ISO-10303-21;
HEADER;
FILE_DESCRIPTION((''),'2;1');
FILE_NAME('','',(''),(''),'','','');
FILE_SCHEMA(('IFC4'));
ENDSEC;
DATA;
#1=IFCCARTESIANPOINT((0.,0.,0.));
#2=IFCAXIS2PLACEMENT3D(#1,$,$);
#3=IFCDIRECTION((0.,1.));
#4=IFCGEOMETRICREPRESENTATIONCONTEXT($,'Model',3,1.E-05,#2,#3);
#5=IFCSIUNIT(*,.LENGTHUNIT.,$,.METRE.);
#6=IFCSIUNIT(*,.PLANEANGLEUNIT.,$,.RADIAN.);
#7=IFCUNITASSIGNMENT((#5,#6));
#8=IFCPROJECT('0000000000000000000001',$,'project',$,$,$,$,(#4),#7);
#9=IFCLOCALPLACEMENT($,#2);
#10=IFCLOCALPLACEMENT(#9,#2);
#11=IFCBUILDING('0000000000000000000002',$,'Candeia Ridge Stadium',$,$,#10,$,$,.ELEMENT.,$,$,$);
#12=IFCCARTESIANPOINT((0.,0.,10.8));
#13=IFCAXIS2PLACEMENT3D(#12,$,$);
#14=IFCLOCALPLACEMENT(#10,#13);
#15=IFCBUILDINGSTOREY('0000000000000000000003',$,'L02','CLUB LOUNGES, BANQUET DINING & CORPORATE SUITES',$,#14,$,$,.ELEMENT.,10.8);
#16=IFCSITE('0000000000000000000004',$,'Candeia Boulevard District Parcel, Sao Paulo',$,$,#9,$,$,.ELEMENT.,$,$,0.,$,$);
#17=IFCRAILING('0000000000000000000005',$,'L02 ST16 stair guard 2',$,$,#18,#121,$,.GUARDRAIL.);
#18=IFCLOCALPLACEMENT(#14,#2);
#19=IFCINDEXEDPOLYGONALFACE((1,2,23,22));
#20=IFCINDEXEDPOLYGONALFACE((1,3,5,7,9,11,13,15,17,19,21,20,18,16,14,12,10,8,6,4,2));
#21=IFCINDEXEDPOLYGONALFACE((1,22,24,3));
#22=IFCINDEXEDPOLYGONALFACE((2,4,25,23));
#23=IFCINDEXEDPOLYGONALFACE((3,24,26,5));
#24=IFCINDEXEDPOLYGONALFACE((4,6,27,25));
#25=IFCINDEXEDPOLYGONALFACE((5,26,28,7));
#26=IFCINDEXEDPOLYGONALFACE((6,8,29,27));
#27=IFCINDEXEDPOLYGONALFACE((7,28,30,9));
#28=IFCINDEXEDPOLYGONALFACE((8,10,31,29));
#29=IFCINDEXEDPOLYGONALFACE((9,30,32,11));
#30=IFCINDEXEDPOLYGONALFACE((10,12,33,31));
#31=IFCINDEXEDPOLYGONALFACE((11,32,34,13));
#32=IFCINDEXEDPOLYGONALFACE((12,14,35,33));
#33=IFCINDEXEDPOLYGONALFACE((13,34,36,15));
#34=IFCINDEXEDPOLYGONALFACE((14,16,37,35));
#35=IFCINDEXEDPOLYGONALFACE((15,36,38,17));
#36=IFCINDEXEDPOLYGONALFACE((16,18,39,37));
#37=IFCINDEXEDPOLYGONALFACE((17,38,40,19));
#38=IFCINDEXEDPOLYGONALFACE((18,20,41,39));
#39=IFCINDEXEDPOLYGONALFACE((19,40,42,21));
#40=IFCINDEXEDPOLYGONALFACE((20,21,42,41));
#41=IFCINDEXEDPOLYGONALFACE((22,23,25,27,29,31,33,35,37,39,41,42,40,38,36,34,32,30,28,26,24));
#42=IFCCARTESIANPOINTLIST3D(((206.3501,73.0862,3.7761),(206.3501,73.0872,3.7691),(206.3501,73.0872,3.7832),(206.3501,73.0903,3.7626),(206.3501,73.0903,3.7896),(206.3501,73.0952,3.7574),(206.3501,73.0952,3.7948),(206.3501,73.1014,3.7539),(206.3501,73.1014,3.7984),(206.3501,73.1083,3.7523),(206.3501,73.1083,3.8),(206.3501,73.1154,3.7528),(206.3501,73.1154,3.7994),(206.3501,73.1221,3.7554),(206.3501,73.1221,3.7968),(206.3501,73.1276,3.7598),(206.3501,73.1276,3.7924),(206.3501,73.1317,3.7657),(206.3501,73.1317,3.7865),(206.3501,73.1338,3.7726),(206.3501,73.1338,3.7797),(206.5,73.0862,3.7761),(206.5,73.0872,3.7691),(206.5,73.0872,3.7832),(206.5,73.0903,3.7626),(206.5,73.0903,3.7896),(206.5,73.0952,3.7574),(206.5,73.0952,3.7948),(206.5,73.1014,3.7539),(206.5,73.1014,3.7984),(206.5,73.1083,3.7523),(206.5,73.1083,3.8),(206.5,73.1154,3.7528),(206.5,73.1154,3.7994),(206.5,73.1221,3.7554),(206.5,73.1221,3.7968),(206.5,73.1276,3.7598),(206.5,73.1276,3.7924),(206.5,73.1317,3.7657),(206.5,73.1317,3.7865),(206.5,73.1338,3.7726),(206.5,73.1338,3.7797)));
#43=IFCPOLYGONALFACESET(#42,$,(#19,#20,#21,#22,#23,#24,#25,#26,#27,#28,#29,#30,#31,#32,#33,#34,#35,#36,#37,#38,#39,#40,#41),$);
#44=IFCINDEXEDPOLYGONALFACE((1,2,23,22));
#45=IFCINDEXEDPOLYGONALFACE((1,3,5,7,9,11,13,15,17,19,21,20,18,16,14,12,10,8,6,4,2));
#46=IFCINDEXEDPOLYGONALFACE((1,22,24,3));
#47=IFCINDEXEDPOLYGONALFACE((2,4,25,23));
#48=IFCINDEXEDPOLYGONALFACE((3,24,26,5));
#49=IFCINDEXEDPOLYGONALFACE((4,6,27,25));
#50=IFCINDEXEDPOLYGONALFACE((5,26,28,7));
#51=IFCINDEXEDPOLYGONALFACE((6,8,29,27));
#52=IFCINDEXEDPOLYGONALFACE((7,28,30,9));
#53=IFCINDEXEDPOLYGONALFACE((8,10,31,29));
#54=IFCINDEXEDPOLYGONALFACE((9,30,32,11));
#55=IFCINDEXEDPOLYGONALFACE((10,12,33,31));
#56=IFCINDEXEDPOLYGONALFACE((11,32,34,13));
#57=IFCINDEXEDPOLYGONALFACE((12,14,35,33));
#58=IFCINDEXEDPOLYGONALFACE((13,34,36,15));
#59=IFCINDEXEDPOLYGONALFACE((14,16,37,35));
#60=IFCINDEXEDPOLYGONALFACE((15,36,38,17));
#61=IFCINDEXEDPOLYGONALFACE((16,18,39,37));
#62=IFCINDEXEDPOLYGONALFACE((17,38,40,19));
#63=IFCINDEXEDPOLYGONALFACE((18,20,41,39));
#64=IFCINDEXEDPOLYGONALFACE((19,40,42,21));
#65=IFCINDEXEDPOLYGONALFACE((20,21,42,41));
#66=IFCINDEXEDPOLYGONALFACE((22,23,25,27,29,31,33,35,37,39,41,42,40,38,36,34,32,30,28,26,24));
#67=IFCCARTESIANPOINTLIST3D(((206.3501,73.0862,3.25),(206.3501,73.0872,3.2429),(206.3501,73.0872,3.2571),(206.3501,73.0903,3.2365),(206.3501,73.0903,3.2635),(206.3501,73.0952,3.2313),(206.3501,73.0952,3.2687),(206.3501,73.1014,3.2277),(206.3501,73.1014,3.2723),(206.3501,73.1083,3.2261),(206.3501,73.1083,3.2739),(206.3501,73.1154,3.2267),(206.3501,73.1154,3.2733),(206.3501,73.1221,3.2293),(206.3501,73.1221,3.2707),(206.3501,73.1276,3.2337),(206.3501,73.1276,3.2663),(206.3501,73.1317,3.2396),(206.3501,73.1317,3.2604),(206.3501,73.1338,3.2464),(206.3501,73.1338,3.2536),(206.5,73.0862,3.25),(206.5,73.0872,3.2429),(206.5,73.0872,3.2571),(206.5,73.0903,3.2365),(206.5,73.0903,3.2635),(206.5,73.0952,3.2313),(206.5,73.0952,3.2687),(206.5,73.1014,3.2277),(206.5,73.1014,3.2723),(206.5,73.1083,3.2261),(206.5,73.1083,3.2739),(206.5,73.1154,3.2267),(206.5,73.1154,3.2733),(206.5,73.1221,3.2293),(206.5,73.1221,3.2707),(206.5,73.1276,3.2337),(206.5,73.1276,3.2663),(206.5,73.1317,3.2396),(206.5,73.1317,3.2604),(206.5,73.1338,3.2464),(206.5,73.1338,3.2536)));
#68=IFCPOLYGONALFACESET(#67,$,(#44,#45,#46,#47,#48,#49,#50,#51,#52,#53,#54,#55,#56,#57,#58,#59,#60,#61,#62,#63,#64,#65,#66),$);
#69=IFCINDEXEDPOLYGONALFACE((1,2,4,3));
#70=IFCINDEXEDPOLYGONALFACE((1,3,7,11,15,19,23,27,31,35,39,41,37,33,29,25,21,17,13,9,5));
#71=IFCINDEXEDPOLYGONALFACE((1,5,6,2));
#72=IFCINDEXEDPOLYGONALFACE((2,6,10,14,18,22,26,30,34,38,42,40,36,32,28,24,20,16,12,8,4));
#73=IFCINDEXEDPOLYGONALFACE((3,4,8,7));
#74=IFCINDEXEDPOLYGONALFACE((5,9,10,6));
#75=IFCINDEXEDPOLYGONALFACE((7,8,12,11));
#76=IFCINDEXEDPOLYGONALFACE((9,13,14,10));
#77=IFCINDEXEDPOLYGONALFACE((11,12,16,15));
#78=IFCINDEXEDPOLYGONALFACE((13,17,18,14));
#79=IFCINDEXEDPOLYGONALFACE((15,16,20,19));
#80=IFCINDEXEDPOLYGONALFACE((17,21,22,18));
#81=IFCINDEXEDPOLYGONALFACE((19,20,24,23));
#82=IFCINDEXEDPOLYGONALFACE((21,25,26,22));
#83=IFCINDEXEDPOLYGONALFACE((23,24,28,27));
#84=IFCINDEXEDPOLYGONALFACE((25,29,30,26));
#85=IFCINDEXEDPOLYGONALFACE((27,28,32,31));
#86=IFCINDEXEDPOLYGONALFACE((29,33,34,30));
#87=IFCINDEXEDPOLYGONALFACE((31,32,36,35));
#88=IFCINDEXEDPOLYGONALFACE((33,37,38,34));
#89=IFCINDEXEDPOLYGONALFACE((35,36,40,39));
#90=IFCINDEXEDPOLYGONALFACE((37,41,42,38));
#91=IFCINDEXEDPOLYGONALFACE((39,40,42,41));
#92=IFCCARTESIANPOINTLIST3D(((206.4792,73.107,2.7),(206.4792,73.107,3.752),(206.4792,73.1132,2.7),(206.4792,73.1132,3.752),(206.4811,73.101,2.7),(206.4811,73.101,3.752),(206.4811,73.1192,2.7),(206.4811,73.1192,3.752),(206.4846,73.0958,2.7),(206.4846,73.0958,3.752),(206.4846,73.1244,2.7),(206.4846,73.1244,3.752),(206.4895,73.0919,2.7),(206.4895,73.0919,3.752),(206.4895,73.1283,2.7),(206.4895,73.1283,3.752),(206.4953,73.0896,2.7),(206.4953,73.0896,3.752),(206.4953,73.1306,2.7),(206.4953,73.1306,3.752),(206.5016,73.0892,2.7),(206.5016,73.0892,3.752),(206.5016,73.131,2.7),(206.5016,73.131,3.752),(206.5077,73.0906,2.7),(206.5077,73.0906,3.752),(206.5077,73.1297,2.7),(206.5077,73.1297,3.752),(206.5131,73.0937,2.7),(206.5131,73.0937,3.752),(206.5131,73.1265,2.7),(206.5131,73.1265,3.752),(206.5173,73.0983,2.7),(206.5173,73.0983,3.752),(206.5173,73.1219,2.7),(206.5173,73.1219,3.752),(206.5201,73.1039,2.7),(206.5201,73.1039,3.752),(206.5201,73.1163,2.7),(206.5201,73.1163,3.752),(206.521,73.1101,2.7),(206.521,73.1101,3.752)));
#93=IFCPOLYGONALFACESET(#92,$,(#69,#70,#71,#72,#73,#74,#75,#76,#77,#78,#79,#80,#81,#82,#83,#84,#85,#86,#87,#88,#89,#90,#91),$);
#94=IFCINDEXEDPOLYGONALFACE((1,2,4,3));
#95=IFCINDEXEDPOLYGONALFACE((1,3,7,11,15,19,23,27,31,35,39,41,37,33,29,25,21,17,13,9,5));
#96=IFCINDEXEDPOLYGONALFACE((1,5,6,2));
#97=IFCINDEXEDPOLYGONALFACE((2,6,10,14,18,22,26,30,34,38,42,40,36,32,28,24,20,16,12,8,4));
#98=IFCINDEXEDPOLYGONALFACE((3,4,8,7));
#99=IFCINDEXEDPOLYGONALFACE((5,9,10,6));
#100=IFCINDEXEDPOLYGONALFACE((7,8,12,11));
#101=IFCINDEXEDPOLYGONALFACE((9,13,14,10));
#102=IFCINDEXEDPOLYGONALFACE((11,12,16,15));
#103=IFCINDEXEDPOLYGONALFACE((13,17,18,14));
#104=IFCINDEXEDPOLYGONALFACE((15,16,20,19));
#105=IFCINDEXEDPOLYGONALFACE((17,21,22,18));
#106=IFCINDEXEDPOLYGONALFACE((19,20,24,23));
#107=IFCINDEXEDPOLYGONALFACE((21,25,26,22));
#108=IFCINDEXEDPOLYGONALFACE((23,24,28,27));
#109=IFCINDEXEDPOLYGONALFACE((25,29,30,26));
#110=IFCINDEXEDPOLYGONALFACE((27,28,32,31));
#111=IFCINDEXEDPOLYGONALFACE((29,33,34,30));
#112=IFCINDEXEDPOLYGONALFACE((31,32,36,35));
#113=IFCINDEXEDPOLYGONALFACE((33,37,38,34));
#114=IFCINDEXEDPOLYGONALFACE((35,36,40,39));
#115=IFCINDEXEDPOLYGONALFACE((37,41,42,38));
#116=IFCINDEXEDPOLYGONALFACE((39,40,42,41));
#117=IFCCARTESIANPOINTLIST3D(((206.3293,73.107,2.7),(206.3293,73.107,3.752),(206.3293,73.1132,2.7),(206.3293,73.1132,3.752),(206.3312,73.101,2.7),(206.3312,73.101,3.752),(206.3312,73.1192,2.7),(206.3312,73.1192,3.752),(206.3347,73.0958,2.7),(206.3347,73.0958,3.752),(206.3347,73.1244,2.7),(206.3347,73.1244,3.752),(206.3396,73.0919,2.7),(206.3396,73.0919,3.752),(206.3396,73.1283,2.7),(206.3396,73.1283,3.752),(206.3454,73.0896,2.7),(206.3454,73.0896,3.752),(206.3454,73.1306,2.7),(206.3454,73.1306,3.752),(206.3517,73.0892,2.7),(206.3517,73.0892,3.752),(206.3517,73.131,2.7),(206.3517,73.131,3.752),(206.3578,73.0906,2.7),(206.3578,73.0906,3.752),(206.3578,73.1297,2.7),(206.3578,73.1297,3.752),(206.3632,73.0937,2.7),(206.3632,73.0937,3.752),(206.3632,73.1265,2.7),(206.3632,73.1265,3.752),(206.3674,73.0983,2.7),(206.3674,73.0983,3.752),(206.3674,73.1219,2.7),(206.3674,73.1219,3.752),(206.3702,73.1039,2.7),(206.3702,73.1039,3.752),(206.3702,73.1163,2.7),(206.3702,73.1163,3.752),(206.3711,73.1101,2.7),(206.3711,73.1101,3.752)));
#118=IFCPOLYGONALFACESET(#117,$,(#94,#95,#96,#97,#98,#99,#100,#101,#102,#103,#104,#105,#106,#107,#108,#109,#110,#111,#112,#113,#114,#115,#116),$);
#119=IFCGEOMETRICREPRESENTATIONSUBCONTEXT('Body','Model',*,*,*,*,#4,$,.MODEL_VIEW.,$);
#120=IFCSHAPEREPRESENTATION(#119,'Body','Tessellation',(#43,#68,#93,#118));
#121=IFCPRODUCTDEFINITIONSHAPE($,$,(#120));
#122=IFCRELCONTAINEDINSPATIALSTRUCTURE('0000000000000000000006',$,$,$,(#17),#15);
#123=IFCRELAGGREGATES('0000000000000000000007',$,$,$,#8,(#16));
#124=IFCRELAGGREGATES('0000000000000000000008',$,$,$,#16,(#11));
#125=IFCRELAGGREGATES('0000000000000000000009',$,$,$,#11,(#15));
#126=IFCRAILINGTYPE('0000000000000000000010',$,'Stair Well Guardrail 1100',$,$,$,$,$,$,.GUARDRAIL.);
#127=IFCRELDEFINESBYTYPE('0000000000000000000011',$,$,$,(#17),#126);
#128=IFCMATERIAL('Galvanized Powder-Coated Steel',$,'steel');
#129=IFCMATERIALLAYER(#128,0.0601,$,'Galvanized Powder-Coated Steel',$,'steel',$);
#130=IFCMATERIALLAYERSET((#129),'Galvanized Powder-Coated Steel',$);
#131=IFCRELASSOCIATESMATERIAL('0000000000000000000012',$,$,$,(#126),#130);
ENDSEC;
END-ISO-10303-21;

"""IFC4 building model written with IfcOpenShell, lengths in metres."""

from ifc_helpers import new_model, si_unit, direction, frame, origin, origin_2d, place, context, subcontext, project, spatial, circle, extrude, material, layer, layer_set, type_object, element, save


model = new_model("IFC4")

# Units and contexts
model_context = context("Model", 3, precision=1e-05, world=origin(), true_north=direction((0.0, 1.0)))
body_context = subcontext(model_context, "Body", "Model", "MODEL_VIEW")
ifc_project = project(units=[si_unit("LENGTHUNIT", "METRE"), si_unit("PLANEANGLEUNIT", "RADIAN")], contexts=[model_context])

# Site, building, storey
site_placement = place(None, origin())
site = spatial("IfcSite", under=ifc_project, at=site_placement, Name="Candeia Boulevard District Parcel, Sao Paulo", CompositionType="ELEMENT", RefElevation=0.0)
building_placement = place(site_placement, origin())
building = spatial("IfcBuilding", under=site, at=building_placement, Name="Candeia Ridge Stadium", CompositionType="ELEMENT")
storey_placement = place(building_placement, frame((0.0, 0.0, 10.8)))
storey = spatial("IfcBuildingStorey", under=building, at=storey_placement, Name="L02", Description="CLUB LOUNGES, BANQUET DINING & CORPORATE SUITES", CompositionType="ELEMENT", Elevation=10.8)

# Railing
ifc_material_1 = material(Name="Galvanized Powder-Coated Steel", Category="steel")
ifc_layer_1 = layer(ifc_material_1, 0.0601, Name="Galvanized Powder-Coated Steel", Category="steel")
ifc_layer_set_1 = layer_set([ifc_layer_1], Name="Galvanized Powder-Coated Steel")
railing_type_1 = type_object("IfcRailingType", Name="Stair Well Guardrail 1100", PredefinedType="GUARDRAIL", material=ifc_layer_set_1)
railing_1_placement = place(storey_placement, frame((206.5, 73.1101, 2.7)))
element("IfcRailing", 1, at=railing_1_placement, inside=storey, type_object=railing_type_1, Name="L02 ST16 stair guard 2", PredefinedType="GUARDRAIL", context=body_context, shape_type="SweptSolid", body=[
    extrude(circle(Radius=0.0239, at=origin_2d()), frame((0.0, 0.0, 1.0762), z_axis=(-1.0, 0.0, 0.0), x_axis=(0.0, -1.0, 0.0)), (0.0, 0.0, 1.0), 0.1499),
    extrude(circle(Radius=0.0239, at=origin_2d()), frame((0.0, 0.0, 0.55), z_axis=(-1.0, 0.0, 0.0), x_axis=(0.0, -1.0, 0.0)), (0.0, 0.0, 1.0), 0.1499),
    extrude(circle(Radius=0.021, at=origin_2d()), origin(), (0.0, 0.0, 1.0), 1.052),
    extrude(circle(Radius=0.021, at=origin_2d()), frame((-0.1499, 0.0, 0.0)), (0.0, 0.0, 1.0), 1.052),
])

save(model, "model.ifc")
